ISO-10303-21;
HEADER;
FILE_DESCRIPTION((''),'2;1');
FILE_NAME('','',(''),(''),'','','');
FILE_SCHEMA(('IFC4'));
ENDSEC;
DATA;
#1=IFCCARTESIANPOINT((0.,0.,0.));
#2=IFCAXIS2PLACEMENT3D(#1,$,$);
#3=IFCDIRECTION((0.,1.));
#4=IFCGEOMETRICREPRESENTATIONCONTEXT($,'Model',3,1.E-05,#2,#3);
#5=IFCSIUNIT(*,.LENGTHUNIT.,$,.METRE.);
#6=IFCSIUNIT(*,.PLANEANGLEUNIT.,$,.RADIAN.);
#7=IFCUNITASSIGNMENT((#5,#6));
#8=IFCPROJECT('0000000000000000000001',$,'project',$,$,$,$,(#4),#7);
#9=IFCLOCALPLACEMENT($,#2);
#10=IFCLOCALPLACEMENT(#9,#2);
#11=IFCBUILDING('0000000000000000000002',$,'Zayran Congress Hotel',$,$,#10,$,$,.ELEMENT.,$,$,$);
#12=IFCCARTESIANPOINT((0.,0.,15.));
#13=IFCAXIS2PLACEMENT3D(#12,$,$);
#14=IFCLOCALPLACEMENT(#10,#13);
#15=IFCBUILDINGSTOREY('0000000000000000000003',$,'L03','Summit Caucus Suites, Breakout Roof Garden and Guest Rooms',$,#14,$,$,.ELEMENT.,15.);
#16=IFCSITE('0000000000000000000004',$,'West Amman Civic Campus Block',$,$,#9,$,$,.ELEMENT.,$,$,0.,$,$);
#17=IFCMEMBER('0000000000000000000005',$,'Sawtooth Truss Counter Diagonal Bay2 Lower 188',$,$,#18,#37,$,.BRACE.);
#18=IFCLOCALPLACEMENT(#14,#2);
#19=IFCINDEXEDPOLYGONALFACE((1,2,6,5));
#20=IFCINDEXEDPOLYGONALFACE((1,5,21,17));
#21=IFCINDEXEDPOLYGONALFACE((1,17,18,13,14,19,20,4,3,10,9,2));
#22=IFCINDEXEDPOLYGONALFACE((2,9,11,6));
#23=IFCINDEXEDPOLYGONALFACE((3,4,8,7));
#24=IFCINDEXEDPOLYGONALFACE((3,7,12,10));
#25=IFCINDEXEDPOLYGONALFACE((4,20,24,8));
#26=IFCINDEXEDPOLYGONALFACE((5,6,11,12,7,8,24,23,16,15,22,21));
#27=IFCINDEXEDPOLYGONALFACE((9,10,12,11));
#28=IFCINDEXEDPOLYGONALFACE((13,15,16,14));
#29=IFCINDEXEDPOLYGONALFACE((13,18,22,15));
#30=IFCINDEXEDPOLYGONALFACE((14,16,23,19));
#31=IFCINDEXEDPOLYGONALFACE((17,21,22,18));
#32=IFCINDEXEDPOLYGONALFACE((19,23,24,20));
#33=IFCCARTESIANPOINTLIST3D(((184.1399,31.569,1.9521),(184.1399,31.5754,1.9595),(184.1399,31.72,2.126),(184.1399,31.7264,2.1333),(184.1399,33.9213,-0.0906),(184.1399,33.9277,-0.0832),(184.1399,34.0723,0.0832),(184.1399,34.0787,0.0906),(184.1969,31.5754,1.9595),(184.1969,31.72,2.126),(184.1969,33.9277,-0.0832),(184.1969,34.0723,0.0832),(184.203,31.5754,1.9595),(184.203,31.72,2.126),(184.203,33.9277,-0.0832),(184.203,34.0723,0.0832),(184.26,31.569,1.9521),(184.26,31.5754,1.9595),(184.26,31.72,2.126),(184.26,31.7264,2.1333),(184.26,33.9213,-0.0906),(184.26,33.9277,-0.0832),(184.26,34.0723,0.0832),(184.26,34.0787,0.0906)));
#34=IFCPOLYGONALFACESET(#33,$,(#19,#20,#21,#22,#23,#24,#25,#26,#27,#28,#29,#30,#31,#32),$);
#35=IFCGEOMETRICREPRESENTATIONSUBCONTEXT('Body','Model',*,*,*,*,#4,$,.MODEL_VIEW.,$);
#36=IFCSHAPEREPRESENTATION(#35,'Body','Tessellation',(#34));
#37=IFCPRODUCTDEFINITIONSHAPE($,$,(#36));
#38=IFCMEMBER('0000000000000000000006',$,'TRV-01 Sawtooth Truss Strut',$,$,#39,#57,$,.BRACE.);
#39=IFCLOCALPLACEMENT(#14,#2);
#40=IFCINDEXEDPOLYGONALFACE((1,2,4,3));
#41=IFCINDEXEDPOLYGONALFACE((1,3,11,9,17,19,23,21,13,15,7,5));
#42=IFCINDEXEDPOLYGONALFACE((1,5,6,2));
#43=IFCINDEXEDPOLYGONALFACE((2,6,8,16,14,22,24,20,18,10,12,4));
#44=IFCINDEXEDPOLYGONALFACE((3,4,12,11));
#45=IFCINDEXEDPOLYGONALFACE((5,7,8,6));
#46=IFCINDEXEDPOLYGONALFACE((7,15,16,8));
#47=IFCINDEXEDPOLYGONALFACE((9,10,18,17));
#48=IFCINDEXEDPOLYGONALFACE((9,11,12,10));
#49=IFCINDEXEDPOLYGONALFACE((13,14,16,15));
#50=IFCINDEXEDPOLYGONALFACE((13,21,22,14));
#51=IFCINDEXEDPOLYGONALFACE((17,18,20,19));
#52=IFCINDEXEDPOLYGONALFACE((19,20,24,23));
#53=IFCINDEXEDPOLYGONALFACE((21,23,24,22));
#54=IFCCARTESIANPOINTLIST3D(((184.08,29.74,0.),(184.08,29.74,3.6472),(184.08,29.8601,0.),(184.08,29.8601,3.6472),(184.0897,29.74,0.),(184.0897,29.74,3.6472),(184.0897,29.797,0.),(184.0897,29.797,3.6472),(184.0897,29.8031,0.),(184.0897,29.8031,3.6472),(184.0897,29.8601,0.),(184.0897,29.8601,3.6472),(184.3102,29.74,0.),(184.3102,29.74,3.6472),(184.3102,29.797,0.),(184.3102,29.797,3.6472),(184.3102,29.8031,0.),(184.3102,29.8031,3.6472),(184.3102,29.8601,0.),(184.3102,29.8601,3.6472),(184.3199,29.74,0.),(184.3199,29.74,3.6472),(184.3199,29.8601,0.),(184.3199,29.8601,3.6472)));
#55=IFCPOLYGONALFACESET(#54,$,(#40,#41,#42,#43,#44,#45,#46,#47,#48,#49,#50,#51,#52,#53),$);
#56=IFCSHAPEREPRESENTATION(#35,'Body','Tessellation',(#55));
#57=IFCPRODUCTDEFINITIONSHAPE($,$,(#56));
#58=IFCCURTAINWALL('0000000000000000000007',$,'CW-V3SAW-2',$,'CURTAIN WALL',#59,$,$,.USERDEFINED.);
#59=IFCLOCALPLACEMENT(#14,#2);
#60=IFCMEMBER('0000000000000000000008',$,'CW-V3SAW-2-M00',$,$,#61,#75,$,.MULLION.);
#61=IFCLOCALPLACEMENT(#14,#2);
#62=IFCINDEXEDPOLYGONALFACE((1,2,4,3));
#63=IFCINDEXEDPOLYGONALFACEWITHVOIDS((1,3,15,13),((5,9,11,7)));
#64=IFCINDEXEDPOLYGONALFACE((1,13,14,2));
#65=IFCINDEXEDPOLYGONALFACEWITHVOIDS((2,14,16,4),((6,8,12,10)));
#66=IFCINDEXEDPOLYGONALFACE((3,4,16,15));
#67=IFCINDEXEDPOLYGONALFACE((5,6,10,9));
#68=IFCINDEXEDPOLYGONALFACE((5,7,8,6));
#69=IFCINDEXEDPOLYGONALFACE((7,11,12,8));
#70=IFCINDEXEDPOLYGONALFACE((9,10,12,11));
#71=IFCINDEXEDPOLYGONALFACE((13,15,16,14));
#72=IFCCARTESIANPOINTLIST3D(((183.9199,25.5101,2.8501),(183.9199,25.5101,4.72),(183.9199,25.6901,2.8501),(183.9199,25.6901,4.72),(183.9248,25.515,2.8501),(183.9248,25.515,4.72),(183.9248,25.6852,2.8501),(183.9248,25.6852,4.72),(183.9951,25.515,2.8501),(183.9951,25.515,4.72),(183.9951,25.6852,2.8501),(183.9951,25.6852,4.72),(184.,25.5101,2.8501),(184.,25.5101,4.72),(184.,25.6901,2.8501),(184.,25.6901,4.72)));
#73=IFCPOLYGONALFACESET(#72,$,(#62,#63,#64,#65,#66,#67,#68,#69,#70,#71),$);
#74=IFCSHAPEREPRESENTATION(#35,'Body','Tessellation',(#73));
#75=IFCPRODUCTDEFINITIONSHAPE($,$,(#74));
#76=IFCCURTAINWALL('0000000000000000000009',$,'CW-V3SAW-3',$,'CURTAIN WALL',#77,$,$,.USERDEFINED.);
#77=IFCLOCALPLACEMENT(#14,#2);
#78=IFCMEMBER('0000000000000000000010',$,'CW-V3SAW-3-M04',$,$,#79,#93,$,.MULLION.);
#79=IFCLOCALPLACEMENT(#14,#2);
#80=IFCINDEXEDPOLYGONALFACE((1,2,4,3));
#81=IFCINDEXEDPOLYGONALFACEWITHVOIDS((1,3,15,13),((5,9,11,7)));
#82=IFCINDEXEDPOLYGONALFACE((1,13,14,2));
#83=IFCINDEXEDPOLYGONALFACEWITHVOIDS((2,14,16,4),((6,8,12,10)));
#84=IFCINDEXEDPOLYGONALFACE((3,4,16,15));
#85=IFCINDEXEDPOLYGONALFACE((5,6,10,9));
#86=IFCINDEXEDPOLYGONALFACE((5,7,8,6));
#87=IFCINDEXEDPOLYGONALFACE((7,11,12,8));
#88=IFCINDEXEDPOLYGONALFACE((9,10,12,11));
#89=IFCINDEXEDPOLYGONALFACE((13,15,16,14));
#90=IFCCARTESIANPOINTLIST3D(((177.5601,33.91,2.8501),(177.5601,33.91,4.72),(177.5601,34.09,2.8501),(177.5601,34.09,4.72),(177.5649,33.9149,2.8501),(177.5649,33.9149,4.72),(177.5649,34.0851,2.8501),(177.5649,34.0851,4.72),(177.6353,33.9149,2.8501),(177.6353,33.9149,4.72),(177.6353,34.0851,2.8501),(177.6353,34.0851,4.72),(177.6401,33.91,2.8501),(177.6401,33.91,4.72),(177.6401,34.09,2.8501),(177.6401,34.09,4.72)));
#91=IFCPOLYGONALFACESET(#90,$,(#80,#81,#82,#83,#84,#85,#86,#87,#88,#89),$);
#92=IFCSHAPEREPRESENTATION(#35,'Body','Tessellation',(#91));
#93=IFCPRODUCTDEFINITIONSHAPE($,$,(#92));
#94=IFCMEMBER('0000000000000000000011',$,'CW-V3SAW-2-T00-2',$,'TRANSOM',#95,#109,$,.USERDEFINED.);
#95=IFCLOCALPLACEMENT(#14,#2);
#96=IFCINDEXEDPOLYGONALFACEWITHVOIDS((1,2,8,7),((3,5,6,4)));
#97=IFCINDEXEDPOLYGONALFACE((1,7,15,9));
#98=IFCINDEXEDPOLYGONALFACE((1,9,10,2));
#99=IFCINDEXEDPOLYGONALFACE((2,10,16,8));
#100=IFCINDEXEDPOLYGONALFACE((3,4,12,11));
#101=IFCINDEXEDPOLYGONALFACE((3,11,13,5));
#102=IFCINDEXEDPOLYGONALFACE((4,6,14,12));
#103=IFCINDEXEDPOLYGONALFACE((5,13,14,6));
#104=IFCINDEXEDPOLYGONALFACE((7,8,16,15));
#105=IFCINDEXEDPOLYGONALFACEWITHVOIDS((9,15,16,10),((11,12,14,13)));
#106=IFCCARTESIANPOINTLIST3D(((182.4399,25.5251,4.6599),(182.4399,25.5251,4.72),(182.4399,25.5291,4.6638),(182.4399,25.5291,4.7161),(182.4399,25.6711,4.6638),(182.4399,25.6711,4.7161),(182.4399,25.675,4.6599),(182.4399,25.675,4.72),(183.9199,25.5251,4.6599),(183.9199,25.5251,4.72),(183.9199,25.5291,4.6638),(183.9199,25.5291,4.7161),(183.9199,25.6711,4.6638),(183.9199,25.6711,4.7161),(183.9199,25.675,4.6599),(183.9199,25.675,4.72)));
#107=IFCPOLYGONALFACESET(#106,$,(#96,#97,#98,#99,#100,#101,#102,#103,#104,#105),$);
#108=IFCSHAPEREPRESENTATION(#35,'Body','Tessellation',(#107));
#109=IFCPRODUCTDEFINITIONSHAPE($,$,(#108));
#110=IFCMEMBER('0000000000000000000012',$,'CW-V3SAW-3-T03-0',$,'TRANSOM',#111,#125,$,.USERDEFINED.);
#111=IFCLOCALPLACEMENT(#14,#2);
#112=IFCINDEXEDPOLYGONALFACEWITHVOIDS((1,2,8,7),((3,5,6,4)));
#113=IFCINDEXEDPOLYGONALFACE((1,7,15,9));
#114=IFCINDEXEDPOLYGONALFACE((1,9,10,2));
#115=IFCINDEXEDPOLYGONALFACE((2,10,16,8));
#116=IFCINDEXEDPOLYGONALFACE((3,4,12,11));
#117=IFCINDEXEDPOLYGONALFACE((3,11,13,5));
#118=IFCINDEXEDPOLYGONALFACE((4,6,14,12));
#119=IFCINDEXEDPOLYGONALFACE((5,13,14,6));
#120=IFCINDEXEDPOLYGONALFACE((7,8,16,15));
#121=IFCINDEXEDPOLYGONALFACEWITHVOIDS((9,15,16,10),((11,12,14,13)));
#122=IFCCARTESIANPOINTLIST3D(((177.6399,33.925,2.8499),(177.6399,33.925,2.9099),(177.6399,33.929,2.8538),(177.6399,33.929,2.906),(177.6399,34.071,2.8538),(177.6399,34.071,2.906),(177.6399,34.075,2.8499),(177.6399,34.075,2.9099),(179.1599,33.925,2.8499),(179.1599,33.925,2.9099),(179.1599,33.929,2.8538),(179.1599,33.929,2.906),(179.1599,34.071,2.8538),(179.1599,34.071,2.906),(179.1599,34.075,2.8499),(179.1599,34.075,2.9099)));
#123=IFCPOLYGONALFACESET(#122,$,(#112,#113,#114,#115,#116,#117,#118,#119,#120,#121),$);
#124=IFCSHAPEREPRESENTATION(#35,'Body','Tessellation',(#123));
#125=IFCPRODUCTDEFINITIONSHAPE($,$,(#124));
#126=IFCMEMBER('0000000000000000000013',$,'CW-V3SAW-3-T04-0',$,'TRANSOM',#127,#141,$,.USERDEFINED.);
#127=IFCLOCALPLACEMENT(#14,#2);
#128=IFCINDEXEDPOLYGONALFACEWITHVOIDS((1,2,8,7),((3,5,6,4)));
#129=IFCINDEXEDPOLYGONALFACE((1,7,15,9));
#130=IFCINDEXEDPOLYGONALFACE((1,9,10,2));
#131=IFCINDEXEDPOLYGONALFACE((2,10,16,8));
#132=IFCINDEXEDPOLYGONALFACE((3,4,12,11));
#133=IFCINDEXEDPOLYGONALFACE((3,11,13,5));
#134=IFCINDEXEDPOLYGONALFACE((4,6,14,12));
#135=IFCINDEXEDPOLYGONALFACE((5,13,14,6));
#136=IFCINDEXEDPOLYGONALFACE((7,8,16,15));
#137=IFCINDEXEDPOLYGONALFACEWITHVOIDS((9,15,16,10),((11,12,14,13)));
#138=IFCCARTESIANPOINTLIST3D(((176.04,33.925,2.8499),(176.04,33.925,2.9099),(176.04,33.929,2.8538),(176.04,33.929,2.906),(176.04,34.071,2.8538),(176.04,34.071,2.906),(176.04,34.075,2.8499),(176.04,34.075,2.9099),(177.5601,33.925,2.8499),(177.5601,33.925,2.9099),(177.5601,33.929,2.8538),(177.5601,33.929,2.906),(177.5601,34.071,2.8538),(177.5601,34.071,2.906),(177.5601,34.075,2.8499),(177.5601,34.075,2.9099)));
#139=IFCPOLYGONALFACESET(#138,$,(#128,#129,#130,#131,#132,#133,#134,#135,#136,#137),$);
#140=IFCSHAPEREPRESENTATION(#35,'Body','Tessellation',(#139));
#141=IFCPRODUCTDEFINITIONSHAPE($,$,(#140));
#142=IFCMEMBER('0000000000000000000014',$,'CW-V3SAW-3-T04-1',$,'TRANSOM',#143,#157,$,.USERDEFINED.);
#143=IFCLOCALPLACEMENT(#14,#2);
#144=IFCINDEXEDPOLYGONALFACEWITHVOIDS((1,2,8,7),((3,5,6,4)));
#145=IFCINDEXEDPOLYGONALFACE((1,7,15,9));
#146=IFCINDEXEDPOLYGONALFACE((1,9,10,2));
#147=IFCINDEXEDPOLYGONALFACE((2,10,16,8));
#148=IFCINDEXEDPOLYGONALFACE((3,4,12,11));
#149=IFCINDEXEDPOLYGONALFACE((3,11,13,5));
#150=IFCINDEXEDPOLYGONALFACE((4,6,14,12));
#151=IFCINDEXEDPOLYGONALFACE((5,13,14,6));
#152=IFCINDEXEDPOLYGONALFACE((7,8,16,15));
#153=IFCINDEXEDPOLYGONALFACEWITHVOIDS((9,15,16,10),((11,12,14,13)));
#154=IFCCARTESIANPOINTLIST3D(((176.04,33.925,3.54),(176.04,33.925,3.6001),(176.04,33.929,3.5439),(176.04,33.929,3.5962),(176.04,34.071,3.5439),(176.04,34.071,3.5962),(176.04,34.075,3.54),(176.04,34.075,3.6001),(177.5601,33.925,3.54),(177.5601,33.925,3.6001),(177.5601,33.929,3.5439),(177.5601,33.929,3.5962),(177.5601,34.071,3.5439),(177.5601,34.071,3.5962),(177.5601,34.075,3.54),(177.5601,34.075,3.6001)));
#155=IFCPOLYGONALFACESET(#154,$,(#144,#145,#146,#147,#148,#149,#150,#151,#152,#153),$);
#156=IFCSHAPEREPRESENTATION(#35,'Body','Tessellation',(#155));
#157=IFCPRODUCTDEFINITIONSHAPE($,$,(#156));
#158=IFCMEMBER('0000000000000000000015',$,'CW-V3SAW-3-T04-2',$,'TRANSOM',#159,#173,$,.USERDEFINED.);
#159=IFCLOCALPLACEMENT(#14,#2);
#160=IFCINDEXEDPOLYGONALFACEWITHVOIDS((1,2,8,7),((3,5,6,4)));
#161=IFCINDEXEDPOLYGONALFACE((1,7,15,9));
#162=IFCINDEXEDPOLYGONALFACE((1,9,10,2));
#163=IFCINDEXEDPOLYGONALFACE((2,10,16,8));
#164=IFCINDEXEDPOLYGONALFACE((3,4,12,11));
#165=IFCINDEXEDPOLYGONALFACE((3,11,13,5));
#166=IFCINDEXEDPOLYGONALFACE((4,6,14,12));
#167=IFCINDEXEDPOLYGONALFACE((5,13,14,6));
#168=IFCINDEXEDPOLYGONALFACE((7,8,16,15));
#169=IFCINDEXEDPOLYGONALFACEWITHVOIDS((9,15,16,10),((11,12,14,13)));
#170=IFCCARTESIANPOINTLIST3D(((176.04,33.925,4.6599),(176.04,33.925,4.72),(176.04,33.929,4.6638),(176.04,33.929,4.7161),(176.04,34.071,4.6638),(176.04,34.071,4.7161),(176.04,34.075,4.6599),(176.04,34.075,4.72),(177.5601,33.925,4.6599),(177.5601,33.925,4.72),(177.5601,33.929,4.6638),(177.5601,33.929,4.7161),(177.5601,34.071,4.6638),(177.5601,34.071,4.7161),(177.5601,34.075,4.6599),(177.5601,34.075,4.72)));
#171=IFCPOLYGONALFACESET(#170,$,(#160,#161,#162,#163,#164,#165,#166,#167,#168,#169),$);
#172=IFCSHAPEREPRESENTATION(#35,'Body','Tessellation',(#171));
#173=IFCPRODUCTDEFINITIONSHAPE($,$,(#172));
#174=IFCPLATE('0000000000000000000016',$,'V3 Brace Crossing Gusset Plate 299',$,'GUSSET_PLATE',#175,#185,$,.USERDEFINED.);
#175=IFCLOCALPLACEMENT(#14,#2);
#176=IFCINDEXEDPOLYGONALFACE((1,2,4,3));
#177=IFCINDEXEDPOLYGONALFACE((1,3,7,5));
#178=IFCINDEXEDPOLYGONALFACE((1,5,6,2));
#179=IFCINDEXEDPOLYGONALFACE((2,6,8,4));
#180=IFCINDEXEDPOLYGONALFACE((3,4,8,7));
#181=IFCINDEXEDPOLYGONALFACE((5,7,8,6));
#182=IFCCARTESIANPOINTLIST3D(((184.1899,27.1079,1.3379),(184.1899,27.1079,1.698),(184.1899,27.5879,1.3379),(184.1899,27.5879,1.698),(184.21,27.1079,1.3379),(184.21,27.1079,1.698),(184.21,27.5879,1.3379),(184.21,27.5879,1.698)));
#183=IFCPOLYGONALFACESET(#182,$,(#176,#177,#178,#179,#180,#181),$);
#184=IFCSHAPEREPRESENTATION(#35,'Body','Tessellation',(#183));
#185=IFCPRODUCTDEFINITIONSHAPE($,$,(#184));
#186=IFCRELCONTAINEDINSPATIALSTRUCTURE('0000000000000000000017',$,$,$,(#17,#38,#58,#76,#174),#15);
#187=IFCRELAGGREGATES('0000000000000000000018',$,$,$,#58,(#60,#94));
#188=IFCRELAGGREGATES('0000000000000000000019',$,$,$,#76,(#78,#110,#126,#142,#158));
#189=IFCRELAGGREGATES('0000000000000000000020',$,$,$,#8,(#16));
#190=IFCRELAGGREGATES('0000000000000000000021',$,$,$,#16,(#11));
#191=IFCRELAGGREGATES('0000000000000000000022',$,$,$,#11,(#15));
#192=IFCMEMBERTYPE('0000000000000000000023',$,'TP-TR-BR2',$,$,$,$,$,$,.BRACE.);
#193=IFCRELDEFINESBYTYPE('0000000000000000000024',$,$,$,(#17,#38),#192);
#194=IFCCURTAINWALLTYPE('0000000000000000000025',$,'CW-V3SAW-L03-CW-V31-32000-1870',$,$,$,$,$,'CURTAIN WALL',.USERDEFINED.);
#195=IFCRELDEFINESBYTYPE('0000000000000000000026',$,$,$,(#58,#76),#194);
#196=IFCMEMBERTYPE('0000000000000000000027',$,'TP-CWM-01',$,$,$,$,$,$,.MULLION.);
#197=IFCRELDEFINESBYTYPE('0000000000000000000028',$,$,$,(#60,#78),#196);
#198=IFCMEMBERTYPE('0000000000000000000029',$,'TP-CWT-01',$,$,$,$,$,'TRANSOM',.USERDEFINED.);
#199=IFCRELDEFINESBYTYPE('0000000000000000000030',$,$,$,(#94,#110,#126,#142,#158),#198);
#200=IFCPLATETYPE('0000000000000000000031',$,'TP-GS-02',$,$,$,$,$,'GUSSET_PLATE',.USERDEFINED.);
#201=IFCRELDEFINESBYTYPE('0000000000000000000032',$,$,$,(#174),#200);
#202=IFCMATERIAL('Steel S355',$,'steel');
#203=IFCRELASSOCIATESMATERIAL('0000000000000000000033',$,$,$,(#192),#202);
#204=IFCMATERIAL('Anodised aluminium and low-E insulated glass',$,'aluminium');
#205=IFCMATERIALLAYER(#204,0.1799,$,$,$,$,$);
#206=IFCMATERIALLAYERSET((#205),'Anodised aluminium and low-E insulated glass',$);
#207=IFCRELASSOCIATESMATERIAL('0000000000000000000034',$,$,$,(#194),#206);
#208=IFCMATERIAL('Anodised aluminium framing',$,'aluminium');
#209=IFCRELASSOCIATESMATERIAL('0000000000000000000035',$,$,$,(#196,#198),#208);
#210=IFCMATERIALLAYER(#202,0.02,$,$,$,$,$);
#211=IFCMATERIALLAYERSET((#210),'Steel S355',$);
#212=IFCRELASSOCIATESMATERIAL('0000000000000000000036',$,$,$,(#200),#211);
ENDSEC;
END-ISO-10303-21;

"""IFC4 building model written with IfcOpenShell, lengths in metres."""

from ifc_helpers import new_model, si_unit, direction, frame, origin, origin_2d, place, context, subcontext, project, spatial, rectangle, hollow_rectangle, i_section, extrude, material, layer, layer_set, material_profile, profile_set, type_object, element, aggregate, save


model = new_model("IFC4")

# Units and contexts
model_context = context("Model", 3, precision=1e-05, world=origin(), true_north=direction((0.0, 1.0)))
body_context = subcontext(model_context, "Body", "Model", "MODEL_VIEW")
ifc_project = project(units=[si_unit("LENGTHUNIT", "METRE"), si_unit("PLANEANGLEUNIT", "RADIAN")], contexts=[model_context])

# Site, building, storey
site_placement = place(None, origin())
site = spatial("IfcSite", under=ifc_project, at=site_placement, Name="West Amman Civic Campus Block", CompositionType="ELEMENT", RefElevation=0.0)
building_placement = place(site_placement, origin())
building = spatial("IfcBuilding", under=site, at=building_placement, Name="Zayran Congress Hotel", CompositionType="ELEMENT")
storey_placement = place(building_placement, frame((0.0, 0.0, 15.0)))
storey = spatial("IfcBuildingStorey", under=building, at=storey_placement, Name="L03", Description="Summit Caucus Suites, Breakout Roof Garden and Guest Rooms", CompositionType="ELEMENT", Elevation=15.0)

# Members
ifc_material_1 = material(Name="Steel S355", Category="steel")
ifc_material_profile_1 = material_profile(ifc_material_1, i_section(OverallWidth=0.1201, OverallDepth=0.24, WebThickness=0.0061, FlangeThickness=0.0098, at=origin_2d()), Name="IPE 240")
ifc_profile_set_1 = profile_set([ifc_material_profile_1], Name="Steel S355")
member_type_1 = type_object("IfcMemberType", Name="TP-TR-BR2", PredefinedType="BRACE", material=ifc_profile_set_1)
member_1_placement = place(storey_placement, frame((184.2, 31.6477, 2.0427), z_axis=(0.0, 0.755042, -0.655676), x_axis=(-1.0, 0.0, 0.0)))
element("IfcMember", 1, at=member_1_placement, inside=storey, type_object=member_type_1, Name="Sawtooth Truss Counter Diagonal Bay2 Lower 188", PredefinedType="BRACE", context=body_context, shape_type="SweptSolid", body=[
    extrude(i_section(OverallWidth=0.1201, OverallDepth=0.24, WebThickness=0.0061, FlangeThickness=0.0098, at=origin_2d()), origin(), (0.0, 0.0, 1.0), 3.1155),
])
member_2_placement = place(storey_placement, frame((184.2, 29.8, 0.0), z_axis=(0.0, 0.0, 1.0), x_axis=(0.0, 1.0, 0.0)))
element("IfcMember", 2, at=member_2_placement, inside=storey, type_object=member_type_1, Name="TRV-01 Sawtooth Truss Strut", PredefinedType="BRACE", context=body_context, shape_type="SweptSolid", body=[
    extrude(i_section(OverallWidth=0.1201, OverallDepth=0.24, WebThickness=0.0061, FlangeThickness=0.0098, at=origin_2d()), origin(), (0.0, 0.0, 1.0), 3.6472),
])

# Curtain walls, members
ifc_material_2 = material(Name="Anodised aluminium and low-E insulated glass", Category="aluminium")
ifc_layer_1 = layer(ifc_material_2, 0.1799)
ifc_layer_set_1 = layer_set([ifc_layer_1], Name="Anodised aluminium and low-E insulated glass")
curtain_wall_type = type_object("IfcCurtainWallType", Name="CW-V3SAW-L03-CW-V31-32000-1870", ElementType="CURTAIN WALL", PredefinedType="USERDEFINED", material=ifc_layer_set_1)
curtain_wall_1_placement = place(storey_placement, origin())
curtain_wall_1 = element("IfcCurtainWall", 3, at=curtain_wall_1_placement, inside=storey, type_object=curtain_wall_type, Name="CW-V3SAW-2", ObjectType="CURTAIN WALL", PredefinedType="USERDEFINED")
ifc_material_3 = material(Name="Anodised aluminium framing", Category="aluminium")
ifc_material_profile_2 = material_profile(ifc_material_3, hollow_rectangle(XDim=0.0801, YDim=0.1799, WallThickness=0.0049, at=origin_2d()), Name="RHS 180x80x5")
ifc_profile_set_2 = profile_set([ifc_material_profile_2], Name="Anodised aluminium framing")
member_type_2 = type_object("IfcMemberType", Name="TP-CWM-01", PredefinedType="MULLION", material=ifc_profile_set_2)
member_3_placement = place(storey_placement, frame((183.96, 25.6001, 2.8501), z_axis=(0.0, 0.0, 1.0), x_axis=(1.0, 0.0, 0.0)))
member_3 = element("IfcMember", 4, at=member_3_placement, type_object=member_type_2, Name="CW-V3SAW-2-M00", PredefinedType="MULLION", context=body_context, shape_type="SweptSolid", body=[
    extrude(hollow_rectangle(XDim=0.0801, YDim=0.1799, WallThickness=0.0049, at=origin_2d()), origin(), (0.0, 0.0, 1.0), 1.8699),
])
curtain_wall_2_placement = place(storey_placement, origin())
curtain_wall_2 = element("IfcCurtainWall", 5, at=curtain_wall_2_placement, inside=storey, type_object=curtain_wall_type, Name="CW-V3SAW-3", ObjectType="CURTAIN WALL", PredefinedType="USERDEFINED")
member_4_placement = place(storey_placement, frame((177.6001, 34.0, 2.8501), z_axis=(0.0, 0.0, 1.0), x_axis=(1.0, 0.0, 0.0)))
member_4 = element("IfcMember", 6, at=member_4_placement, type_object=member_type_2, Name="CW-V3SAW-3-M04", PredefinedType="MULLION", context=body_context, shape_type="SweptSolid", body=[
    extrude(hollow_rectangle(XDim=0.0801, YDim=0.1799, WallThickness=0.0049, at=origin_2d()), origin(), (0.0, 0.0, 1.0), 1.8699),
])

# Members
ifc_material_profile_3 = material_profile(ifc_material_3, hollow_rectangle(XDim=0.0601, YDim=0.1499, WallThickness=0.0039, at=origin_2d()), Name="RHS 150x60x4")
ifc_profile_set_3 = profile_set([ifc_material_profile_3], Name="Anodised aluminium framing")
member_type_3 = type_object("IfcMemberType", Name="TP-CWT-01", ElementType="TRANSOM", PredefinedType="USERDEFINED", material=ifc_profile_set_3)
member_5_placement = place(storey_placement, frame((183.9199, 25.6001, 4.6899), z_axis=(-1.0, 0.0, 0.0), x_axis=(0.0, 0.0, 1.0)))
member_5 = element("IfcMember", 7, at=member_5_placement, type_object=member_type_3, Name="CW-V3SAW-2-T00-2", ObjectType="TRANSOM", PredefinedType="USERDEFINED", context=body_context, shape_type="SweptSolid", body=[
    extrude(hollow_rectangle(XDim=0.0601, YDim=0.1499, WallThickness=0.0039, at=origin_2d()), origin(), (0.0, 0.0, 1.0), 1.48),
])
aggregate(curtain_wall_1, [member_3, member_5])
member_6_placement = place(storey_placement, frame((179.1599, 34.0, 2.8799), z_axis=(-1.0, 0.0, 0.0), x_axis=(0.0, 0.0, 1.0)))
member_6 = element("IfcMember", 8, at=member_6_placement, type_object=member_type_3, Name="CW-V3SAW-3-T03-0", ObjectType="TRANSOM", PredefinedType="USERDEFINED", context=body_context, shape_type="SweptSolid", body=[
    extrude(hollow_rectangle(XDim=0.0601, YDim=0.1499, WallThickness=0.0039, at=origin_2d()), origin(), (0.0, 0.0, 1.0), 1.52),
])
member_7_placement = place(storey_placement, frame((177.5601, 34.0, 2.8799), z_axis=(-1.0, 0.0, 0.0), x_axis=(0.0, 0.0, 1.0)))
member_7 = element("IfcMember", 9, at=member_7_placement, type_object=member_type_3, Name="CW-V3SAW-3-T04-0", ObjectType="TRANSOM", PredefinedType="USERDEFINED", context=body_context, shape_type="SweptSolid", body=[
    extrude(hollow_rectangle(XDim=0.0601, YDim=0.1499, WallThickness=0.0039, at=origin_2d()), origin(), (0.0, 0.0, 1.0), 1.52),
])
member_8_placement = place(storey_placement, frame((177.5601, 34.0, 3.5701), z_axis=(-1.0, 0.0, 0.0), x_axis=(0.0, 0.0, 1.0)))
member_8 = element("IfcMember", 10, at=member_8_placement, type_object=member_type_3, Name="CW-V3SAW-3-T04-1", ObjectType="TRANSOM", PredefinedType="USERDEFINED", context=body_context, shape_type="SweptSolid", body=[
    extrude(hollow_rectangle(XDim=0.0601, YDim=0.1499, WallThickness=0.0039, at=origin_2d()), origin(), (0.0, 0.0, 1.0), 1.52),
])
member_9_placement = place(storey_placement, frame((177.5601, 34.0, 4.6899), z_axis=(-1.0, 0.0, 0.0), x_axis=(0.0, 0.0, 1.0)))
member_9 = element("IfcMember", 11, at=member_9_placement, type_object=member_type_3, Name="CW-V3SAW-3-T04-2", ObjectType="TRANSOM", PredefinedType="USERDEFINED", context=body_context, shape_type="SweptSolid", body=[
    extrude(hollow_rectangle(XDim=0.0601, YDim=0.1499, WallThickness=0.0039, at=origin_2d()), origin(), (0.0, 0.0, 1.0), 1.52),
])

# Plate
ifc_layer_2 = layer(ifc_material_1, 0.02)
ifc_layer_set_2 = layer_set([ifc_layer_2], Name="Steel S355")
plate_type_1 = type_object("IfcPlateType", Name="TP-GS-02", ElementType="GUSSET_PLATE", PredefinedType="USERDEFINED", material=ifc_layer_set_2)
for number, where, z_axis, x_axis, name in (
    (12, (184.2, 27.3479, 1.3379), (0.0, 0.0, 1.0), (0.0, 1.0, 0.0), "V3 Brace Crossing Gusset Plate 299"),
):
    element("IfcPlate", number, at=place(storey_placement, frame(where, z_axis=z_axis, x_axis=x_axis)), inside=storey, type_object=plate_type_1, Name=name, ObjectType="GUSSET_PLATE", PredefinedType="USERDEFINED", context=body_context, shape_type="SweptSolid", body=[
        extrude(rectangle(XDim=0.48, YDim=0.02, at=origin_2d()), origin(), (0.0, 0.0, 1.0), 0.3601),
    ])

aggregate(curtain_wall_2, [member_4, member_6, member_7, member_8, member_9])

save(model, "model.ifc")
